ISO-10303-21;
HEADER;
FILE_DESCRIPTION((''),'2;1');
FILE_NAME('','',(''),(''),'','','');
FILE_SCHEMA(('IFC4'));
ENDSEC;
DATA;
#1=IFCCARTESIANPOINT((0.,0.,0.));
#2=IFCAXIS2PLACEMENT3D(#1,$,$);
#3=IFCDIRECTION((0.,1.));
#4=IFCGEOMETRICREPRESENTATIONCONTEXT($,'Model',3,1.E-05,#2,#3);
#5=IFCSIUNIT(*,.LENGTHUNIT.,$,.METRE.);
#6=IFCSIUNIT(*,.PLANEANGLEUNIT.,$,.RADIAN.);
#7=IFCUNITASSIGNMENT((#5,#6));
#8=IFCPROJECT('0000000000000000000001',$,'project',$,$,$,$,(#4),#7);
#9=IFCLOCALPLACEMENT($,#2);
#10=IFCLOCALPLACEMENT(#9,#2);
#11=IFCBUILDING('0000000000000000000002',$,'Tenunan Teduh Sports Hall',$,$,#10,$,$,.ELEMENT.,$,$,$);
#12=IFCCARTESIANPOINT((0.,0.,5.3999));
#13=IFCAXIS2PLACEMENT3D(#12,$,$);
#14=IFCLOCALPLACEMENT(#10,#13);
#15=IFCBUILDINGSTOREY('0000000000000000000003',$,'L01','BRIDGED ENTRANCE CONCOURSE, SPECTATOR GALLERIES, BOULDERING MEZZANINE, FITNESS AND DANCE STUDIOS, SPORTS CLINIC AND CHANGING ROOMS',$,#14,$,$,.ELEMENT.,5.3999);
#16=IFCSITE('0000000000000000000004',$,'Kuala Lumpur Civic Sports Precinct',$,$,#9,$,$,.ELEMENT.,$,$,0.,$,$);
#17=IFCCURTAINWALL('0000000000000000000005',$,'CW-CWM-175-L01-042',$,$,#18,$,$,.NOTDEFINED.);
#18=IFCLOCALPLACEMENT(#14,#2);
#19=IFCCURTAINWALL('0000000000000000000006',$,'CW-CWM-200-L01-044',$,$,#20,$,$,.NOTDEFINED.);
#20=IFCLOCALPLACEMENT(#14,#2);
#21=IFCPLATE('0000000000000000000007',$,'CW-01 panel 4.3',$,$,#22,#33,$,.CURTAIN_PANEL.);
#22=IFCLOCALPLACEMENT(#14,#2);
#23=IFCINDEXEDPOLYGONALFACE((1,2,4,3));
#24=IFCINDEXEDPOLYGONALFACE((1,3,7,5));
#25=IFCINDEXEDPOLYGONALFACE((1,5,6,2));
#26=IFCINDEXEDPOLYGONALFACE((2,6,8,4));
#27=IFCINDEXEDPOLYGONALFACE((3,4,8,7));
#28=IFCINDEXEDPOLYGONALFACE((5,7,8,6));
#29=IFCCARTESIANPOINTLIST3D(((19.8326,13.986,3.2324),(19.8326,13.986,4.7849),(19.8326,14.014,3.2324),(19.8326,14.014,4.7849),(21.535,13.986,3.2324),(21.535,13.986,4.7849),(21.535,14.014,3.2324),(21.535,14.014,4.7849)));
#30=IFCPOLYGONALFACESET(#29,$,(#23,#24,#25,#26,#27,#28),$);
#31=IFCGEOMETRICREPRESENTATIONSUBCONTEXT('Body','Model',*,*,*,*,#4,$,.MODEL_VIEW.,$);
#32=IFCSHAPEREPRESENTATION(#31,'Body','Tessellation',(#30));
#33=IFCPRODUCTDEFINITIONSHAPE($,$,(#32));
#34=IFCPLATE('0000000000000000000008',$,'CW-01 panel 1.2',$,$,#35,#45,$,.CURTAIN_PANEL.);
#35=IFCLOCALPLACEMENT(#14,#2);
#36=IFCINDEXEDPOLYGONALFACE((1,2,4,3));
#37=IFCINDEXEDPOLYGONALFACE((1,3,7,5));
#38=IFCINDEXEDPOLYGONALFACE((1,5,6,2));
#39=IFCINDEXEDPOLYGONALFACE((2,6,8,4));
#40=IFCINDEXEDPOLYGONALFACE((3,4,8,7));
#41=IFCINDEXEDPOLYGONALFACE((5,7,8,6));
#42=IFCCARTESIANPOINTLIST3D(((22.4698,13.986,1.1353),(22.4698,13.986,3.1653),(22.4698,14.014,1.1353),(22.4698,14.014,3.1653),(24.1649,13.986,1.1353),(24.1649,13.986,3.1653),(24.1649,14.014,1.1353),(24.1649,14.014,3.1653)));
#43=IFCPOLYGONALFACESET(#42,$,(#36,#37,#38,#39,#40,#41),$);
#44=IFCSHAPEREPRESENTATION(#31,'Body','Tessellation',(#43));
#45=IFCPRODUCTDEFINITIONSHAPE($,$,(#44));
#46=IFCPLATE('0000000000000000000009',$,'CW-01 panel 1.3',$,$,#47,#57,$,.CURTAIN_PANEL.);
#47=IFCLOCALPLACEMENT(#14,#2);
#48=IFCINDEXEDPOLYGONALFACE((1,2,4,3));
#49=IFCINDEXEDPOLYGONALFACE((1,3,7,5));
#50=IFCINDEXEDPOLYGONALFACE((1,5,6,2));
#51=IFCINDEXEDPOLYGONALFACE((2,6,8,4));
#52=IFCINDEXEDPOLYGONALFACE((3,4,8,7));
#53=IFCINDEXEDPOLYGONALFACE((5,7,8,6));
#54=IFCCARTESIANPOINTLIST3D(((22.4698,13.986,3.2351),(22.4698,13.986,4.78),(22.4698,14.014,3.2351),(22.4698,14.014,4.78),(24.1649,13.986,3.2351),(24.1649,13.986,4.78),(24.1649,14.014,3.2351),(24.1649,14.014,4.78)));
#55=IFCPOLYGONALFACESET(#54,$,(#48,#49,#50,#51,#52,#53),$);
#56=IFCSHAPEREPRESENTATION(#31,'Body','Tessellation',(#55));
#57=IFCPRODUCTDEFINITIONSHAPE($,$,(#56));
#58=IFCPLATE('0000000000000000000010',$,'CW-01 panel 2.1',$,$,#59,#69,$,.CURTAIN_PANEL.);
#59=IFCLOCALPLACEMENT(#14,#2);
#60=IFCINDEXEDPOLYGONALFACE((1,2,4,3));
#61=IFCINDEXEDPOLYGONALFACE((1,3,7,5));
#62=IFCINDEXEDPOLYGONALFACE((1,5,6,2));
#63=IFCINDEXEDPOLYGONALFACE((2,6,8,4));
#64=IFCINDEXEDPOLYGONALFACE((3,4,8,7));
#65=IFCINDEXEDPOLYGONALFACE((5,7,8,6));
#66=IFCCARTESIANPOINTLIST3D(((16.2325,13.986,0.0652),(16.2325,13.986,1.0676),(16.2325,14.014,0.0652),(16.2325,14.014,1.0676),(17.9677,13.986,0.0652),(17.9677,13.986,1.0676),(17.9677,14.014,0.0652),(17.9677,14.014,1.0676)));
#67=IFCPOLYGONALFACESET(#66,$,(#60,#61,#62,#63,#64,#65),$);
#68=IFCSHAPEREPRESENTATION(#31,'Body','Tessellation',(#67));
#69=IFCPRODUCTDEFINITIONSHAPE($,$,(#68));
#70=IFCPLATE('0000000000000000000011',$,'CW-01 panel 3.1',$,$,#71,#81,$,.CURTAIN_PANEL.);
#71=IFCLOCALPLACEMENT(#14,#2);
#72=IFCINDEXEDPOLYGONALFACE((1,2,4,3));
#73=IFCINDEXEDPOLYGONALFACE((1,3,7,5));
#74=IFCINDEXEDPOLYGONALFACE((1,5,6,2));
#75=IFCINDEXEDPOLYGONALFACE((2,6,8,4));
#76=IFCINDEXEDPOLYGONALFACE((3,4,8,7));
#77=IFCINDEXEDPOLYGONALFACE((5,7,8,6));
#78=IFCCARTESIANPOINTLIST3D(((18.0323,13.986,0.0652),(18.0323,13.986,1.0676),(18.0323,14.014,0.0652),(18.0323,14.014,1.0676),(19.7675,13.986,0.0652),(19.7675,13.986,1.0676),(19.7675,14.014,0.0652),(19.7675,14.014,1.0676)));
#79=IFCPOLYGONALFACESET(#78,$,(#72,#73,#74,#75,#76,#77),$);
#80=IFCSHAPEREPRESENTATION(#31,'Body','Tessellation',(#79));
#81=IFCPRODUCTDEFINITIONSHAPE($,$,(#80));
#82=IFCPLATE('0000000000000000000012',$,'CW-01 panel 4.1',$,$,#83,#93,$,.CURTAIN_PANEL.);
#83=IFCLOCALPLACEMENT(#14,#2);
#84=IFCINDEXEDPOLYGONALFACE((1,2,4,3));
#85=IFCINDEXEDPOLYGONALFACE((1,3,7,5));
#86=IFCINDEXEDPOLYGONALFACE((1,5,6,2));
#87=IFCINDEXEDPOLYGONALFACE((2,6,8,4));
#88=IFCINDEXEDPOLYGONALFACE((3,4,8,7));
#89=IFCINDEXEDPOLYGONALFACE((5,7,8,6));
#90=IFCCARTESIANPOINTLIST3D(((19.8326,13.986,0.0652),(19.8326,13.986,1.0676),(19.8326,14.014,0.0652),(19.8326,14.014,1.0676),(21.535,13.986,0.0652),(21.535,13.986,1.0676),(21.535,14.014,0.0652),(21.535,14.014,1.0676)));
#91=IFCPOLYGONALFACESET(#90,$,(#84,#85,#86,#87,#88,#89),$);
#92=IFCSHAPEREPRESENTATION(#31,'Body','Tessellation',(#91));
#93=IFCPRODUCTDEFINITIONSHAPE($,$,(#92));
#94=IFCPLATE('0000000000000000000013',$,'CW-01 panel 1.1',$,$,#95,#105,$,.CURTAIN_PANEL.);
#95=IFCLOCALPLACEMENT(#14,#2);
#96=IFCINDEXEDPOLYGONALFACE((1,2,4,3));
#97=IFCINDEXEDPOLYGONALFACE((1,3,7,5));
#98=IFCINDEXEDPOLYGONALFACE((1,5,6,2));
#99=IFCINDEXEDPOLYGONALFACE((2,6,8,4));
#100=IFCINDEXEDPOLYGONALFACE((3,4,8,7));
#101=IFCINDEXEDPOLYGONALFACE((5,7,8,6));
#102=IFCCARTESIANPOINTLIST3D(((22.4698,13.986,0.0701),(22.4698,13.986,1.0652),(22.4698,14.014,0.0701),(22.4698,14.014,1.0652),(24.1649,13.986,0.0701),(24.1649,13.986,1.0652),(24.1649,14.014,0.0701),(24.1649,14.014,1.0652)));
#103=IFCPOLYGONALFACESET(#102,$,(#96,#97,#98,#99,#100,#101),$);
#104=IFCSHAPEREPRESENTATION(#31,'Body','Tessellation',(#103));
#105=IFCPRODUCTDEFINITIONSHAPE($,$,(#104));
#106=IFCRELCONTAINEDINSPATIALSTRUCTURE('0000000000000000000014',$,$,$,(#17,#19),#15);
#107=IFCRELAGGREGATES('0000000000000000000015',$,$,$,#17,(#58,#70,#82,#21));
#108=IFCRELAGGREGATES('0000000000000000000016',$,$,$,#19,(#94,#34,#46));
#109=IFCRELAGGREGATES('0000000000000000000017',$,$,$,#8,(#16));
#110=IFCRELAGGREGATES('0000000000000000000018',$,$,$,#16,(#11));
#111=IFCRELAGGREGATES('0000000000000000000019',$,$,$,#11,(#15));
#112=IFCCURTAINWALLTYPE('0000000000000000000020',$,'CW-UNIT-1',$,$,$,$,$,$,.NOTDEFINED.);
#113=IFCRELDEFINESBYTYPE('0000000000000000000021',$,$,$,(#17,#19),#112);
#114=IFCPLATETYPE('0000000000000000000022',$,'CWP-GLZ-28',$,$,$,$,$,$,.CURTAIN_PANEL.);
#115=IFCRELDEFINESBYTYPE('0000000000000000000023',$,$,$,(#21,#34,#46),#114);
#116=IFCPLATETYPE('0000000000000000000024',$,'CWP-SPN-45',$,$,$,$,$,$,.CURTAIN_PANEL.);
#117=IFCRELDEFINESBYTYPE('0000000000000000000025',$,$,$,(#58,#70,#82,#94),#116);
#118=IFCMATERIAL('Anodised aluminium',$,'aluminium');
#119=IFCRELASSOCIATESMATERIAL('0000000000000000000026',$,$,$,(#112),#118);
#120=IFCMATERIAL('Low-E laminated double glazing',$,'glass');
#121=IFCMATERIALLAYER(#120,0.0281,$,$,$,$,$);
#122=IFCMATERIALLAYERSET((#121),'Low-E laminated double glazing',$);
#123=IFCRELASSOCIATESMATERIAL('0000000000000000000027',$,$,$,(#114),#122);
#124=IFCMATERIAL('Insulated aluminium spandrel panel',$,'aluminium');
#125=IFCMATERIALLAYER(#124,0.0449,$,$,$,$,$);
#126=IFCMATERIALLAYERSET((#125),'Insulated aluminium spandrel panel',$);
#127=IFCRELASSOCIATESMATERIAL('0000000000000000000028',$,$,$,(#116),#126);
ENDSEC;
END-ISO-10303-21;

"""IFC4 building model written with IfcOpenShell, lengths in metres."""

from ifc_helpers import new_model, si_unit, direction, frame, origin, origin_2d, place, context, subcontext, project, spatial, rectangle, extrude, material, layer, layer_set, type_object, element, aggregate, save


model = new_model("IFC4")

# Units and contexts
model_context = context("Model", 3, precision=1e-05, world=origin(), true_north=direction((0.0, 1.0)))
body_context = subcontext(model_context, "Body", "Model", "MODEL_VIEW")
ifc_project = project(units=[si_unit("LENGTHUNIT", "METRE"), si_unit("PLANEANGLEUNIT", "RADIAN")], contexts=[model_context])

# Site, building, storey
site_placement = place(None, origin())
site = spatial("IfcSite", under=ifc_project, at=site_placement, Name="Kuala Lumpur Civic Sports Precinct", CompositionType="ELEMENT", RefElevation=0.0)
building_placement = place(site_placement, origin())
building = spatial("IfcBuilding", under=site, at=building_placement, Name="Tenunan Teduh Sports Hall", CompositionType="ELEMENT")
storey_placement = place(building_placement, frame((0.0, 0.0, 5.3999)))
storey = spatial("IfcBuildingStorey", under=building, at=storey_placement, Name="L01", Description="BRIDGED ENTRANCE CONCOURSE, SPECTATOR GALLERIES, BOULDERING MEZZANINE, FITNESS AND DANCE STUDIOS, SPORTS CLINIC AND CHANGING ROOMS", CompositionType="ELEMENT", Elevation=5.3999)

# Curtain wall
ifc_material_1 = material(Name="Anodised aluminium", Category="aluminium")
curtain_wall_type = type_object("IfcCurtainWallType", Name="CW-UNIT-1", PredefinedType="NOTDEFINED", material=ifc_material_1)
curtain_wall_1_placement = place(storey_placement, origin())
curtain_wall_1 = element("IfcCurtainWall", 1, at=curtain_wall_1_placement, inside=storey, type_object=curtain_wall_type, Name="CW-CWM-175-L01-042", PredefinedType="NOTDEFINED")

# Curtain wall
curtain_wall_2_placement = place(storey_placement, origin())
curtain_wall_2 = element("IfcCurtainWall", 2, at=curtain_wall_2_placement, inside=storey, type_object=curtain_wall_type, Name="CW-CWM-200-L01-044", PredefinedType="NOTDEFINED")

# Plates
ifc_material_2 = material(Name="Low-E laminated double glazing", Category="glass")
ifc_layer_1 = layer(ifc_material_2, 0.0281)
ifc_layer_set_1 = layer_set([ifc_layer_1], Name="Low-E laminated double glazing")
plate_type_1 = type_object("IfcPlateType", Name="CWP-GLZ-28", PredefinedType="CURTAIN_PANEL", material=ifc_layer_set_1)
plate_1_placement = place(storey_placement, frame((20.6838, 14.0, 3.2324), z_axis=(0.0, 0.0, 1.0), x_axis=(1.0, 0.0, 0.0)))
plate_1 = element("IfcPlate", 3, at=plate_1_placement, type_object=plate_type_1, Name="CW-01 panel 4.3", PredefinedType="CURTAIN_PANEL", context=body_context, shape_type="SweptSolid", body=[
    extrude(rectangle(XDim=1.7024, YDim=0.0281, at=origin_2d()), origin(), (0.0, 0.0, 1.0), 1.5525),
])
plate_2_placement = place(storey_placement, frame((23.3174, 14.0, 1.1353), z_axis=(0.0, 0.0, 1.0), x_axis=(1.0, 0.0, 0.0)))
plate_2 = element("IfcPlate", 4, at=plate_2_placement, type_object=plate_type_1, Name="CW-01 panel 1.2", PredefinedType="CURTAIN_PANEL", context=body_context, shape_type="SweptSolid", body=[
    extrude(rectangle(XDim=1.6951, YDim=0.0281, at=origin_2d()), origin(), (0.0, 0.0, 1.0), 2.03),
])
plate_3_placement = place(storey_placement, frame((23.3174, 14.0, 3.2351), z_axis=(0.0, 0.0, 1.0), x_axis=(1.0, 0.0, 0.0)))
plate_3 = element("IfcPlate", 5, at=plate_3_placement, type_object=plate_type_1, Name="CW-01 panel 1.3", PredefinedType="CURTAIN_PANEL", context=body_context, shape_type="SweptSolid", body=[
    extrude(rectangle(XDim=1.6951, YDim=0.0281, at=origin_2d()), origin(), (0.0, 0.0, 1.0), 1.5449),
])
ifc_material_3 = material(Name="Insulated aluminium spandrel panel", Category="aluminium")
ifc_layer_2 = layer(ifc_material_3, 0.0449)
ifc_layer_set_2 = layer_set([ifc_layer_2], Name="Insulated aluminium spandrel panel")
plate_type_2 = type_object("IfcPlateType", Name="CWP-SPN-45", PredefinedType="CURTAIN_PANEL", material=ifc_layer_set_2)
plate_4_placement = place(storey_placement, frame((17.1001, 14.0, 0.0652), z_axis=(0.0, 0.0, 1.0), x_axis=(1.0, 0.0, 0.0)))
plate_4 = element("IfcPlate", 6, at=plate_4_placement, type_object=plate_type_2, Name="CW-01 panel 2.1", PredefinedType="CURTAIN_PANEL", context=body_context, shape_type="SweptSolid", body=[
    extrude(rectangle(XDim=1.7351, YDim=0.0281, at=origin_2d()), origin(), (0.0, 0.0, 1.0), 1.0024),
])
plate_5_placement = place(storey_placement, frame((18.8999, 14.0, 0.0652), z_axis=(0.0, 0.0, 1.0), x_axis=(1.0, 0.0, 0.0)))
plate_5 = element("IfcPlate", 7, at=plate_5_placement, type_object=plate_type_2, Name="CW-01 panel 3.1", PredefinedType="CURTAIN_PANEL", context=body_context, shape_type="SweptSolid", body=[
    extrude(rectangle(XDim=1.7351, YDim=0.0281, at=origin_2d()), origin(), (0.0, 0.0, 1.0), 1.0024),
])
plate_6_placement = place(storey_placement, frame((20.6838, 14.0, 0.0652), z_axis=(0.0, 0.0, 1.0), x_axis=(1.0, 0.0, 0.0)))
plate_6 = element("IfcPlate", 8, at=plate_6_placement, type_object=plate_type_2, Name="CW-01 panel 4.1", PredefinedType="CURTAIN_PANEL", context=body_context, shape_type="SweptSolid", body=[
    extrude(rectangle(XDim=1.7024, YDim=0.0281, at=origin_2d()), origin(), (0.0, 0.0, 1.0), 1.0024),
])
aggregate(curtain_wall_1, [plate_4, plate_5, plate_6, plate_1])
plate_7_placement = place(storey_placement, frame((23.3174, 14.0, 0.0701), z_axis=(0.0, 0.0, 1.0), x_axis=(1.0, 0.0, 0.0)))
plate_7 = element("IfcPlate", 9, at=plate_7_placement, type_object=plate_type_2, Name="CW-01 panel 1.1", PredefinedType="CURTAIN_PANEL", context=body_context, shape_type="SweptSolid", body=[
    extrude(rectangle(XDim=1.6951, YDim=0.0281, at=origin_2d()), origin(), (0.0, 0.0, 1.0), 0.9951),
])
aggregate(curtain_wall_2, [plate_7, plate_2, plate_3])

save(model, "model.ifc")
